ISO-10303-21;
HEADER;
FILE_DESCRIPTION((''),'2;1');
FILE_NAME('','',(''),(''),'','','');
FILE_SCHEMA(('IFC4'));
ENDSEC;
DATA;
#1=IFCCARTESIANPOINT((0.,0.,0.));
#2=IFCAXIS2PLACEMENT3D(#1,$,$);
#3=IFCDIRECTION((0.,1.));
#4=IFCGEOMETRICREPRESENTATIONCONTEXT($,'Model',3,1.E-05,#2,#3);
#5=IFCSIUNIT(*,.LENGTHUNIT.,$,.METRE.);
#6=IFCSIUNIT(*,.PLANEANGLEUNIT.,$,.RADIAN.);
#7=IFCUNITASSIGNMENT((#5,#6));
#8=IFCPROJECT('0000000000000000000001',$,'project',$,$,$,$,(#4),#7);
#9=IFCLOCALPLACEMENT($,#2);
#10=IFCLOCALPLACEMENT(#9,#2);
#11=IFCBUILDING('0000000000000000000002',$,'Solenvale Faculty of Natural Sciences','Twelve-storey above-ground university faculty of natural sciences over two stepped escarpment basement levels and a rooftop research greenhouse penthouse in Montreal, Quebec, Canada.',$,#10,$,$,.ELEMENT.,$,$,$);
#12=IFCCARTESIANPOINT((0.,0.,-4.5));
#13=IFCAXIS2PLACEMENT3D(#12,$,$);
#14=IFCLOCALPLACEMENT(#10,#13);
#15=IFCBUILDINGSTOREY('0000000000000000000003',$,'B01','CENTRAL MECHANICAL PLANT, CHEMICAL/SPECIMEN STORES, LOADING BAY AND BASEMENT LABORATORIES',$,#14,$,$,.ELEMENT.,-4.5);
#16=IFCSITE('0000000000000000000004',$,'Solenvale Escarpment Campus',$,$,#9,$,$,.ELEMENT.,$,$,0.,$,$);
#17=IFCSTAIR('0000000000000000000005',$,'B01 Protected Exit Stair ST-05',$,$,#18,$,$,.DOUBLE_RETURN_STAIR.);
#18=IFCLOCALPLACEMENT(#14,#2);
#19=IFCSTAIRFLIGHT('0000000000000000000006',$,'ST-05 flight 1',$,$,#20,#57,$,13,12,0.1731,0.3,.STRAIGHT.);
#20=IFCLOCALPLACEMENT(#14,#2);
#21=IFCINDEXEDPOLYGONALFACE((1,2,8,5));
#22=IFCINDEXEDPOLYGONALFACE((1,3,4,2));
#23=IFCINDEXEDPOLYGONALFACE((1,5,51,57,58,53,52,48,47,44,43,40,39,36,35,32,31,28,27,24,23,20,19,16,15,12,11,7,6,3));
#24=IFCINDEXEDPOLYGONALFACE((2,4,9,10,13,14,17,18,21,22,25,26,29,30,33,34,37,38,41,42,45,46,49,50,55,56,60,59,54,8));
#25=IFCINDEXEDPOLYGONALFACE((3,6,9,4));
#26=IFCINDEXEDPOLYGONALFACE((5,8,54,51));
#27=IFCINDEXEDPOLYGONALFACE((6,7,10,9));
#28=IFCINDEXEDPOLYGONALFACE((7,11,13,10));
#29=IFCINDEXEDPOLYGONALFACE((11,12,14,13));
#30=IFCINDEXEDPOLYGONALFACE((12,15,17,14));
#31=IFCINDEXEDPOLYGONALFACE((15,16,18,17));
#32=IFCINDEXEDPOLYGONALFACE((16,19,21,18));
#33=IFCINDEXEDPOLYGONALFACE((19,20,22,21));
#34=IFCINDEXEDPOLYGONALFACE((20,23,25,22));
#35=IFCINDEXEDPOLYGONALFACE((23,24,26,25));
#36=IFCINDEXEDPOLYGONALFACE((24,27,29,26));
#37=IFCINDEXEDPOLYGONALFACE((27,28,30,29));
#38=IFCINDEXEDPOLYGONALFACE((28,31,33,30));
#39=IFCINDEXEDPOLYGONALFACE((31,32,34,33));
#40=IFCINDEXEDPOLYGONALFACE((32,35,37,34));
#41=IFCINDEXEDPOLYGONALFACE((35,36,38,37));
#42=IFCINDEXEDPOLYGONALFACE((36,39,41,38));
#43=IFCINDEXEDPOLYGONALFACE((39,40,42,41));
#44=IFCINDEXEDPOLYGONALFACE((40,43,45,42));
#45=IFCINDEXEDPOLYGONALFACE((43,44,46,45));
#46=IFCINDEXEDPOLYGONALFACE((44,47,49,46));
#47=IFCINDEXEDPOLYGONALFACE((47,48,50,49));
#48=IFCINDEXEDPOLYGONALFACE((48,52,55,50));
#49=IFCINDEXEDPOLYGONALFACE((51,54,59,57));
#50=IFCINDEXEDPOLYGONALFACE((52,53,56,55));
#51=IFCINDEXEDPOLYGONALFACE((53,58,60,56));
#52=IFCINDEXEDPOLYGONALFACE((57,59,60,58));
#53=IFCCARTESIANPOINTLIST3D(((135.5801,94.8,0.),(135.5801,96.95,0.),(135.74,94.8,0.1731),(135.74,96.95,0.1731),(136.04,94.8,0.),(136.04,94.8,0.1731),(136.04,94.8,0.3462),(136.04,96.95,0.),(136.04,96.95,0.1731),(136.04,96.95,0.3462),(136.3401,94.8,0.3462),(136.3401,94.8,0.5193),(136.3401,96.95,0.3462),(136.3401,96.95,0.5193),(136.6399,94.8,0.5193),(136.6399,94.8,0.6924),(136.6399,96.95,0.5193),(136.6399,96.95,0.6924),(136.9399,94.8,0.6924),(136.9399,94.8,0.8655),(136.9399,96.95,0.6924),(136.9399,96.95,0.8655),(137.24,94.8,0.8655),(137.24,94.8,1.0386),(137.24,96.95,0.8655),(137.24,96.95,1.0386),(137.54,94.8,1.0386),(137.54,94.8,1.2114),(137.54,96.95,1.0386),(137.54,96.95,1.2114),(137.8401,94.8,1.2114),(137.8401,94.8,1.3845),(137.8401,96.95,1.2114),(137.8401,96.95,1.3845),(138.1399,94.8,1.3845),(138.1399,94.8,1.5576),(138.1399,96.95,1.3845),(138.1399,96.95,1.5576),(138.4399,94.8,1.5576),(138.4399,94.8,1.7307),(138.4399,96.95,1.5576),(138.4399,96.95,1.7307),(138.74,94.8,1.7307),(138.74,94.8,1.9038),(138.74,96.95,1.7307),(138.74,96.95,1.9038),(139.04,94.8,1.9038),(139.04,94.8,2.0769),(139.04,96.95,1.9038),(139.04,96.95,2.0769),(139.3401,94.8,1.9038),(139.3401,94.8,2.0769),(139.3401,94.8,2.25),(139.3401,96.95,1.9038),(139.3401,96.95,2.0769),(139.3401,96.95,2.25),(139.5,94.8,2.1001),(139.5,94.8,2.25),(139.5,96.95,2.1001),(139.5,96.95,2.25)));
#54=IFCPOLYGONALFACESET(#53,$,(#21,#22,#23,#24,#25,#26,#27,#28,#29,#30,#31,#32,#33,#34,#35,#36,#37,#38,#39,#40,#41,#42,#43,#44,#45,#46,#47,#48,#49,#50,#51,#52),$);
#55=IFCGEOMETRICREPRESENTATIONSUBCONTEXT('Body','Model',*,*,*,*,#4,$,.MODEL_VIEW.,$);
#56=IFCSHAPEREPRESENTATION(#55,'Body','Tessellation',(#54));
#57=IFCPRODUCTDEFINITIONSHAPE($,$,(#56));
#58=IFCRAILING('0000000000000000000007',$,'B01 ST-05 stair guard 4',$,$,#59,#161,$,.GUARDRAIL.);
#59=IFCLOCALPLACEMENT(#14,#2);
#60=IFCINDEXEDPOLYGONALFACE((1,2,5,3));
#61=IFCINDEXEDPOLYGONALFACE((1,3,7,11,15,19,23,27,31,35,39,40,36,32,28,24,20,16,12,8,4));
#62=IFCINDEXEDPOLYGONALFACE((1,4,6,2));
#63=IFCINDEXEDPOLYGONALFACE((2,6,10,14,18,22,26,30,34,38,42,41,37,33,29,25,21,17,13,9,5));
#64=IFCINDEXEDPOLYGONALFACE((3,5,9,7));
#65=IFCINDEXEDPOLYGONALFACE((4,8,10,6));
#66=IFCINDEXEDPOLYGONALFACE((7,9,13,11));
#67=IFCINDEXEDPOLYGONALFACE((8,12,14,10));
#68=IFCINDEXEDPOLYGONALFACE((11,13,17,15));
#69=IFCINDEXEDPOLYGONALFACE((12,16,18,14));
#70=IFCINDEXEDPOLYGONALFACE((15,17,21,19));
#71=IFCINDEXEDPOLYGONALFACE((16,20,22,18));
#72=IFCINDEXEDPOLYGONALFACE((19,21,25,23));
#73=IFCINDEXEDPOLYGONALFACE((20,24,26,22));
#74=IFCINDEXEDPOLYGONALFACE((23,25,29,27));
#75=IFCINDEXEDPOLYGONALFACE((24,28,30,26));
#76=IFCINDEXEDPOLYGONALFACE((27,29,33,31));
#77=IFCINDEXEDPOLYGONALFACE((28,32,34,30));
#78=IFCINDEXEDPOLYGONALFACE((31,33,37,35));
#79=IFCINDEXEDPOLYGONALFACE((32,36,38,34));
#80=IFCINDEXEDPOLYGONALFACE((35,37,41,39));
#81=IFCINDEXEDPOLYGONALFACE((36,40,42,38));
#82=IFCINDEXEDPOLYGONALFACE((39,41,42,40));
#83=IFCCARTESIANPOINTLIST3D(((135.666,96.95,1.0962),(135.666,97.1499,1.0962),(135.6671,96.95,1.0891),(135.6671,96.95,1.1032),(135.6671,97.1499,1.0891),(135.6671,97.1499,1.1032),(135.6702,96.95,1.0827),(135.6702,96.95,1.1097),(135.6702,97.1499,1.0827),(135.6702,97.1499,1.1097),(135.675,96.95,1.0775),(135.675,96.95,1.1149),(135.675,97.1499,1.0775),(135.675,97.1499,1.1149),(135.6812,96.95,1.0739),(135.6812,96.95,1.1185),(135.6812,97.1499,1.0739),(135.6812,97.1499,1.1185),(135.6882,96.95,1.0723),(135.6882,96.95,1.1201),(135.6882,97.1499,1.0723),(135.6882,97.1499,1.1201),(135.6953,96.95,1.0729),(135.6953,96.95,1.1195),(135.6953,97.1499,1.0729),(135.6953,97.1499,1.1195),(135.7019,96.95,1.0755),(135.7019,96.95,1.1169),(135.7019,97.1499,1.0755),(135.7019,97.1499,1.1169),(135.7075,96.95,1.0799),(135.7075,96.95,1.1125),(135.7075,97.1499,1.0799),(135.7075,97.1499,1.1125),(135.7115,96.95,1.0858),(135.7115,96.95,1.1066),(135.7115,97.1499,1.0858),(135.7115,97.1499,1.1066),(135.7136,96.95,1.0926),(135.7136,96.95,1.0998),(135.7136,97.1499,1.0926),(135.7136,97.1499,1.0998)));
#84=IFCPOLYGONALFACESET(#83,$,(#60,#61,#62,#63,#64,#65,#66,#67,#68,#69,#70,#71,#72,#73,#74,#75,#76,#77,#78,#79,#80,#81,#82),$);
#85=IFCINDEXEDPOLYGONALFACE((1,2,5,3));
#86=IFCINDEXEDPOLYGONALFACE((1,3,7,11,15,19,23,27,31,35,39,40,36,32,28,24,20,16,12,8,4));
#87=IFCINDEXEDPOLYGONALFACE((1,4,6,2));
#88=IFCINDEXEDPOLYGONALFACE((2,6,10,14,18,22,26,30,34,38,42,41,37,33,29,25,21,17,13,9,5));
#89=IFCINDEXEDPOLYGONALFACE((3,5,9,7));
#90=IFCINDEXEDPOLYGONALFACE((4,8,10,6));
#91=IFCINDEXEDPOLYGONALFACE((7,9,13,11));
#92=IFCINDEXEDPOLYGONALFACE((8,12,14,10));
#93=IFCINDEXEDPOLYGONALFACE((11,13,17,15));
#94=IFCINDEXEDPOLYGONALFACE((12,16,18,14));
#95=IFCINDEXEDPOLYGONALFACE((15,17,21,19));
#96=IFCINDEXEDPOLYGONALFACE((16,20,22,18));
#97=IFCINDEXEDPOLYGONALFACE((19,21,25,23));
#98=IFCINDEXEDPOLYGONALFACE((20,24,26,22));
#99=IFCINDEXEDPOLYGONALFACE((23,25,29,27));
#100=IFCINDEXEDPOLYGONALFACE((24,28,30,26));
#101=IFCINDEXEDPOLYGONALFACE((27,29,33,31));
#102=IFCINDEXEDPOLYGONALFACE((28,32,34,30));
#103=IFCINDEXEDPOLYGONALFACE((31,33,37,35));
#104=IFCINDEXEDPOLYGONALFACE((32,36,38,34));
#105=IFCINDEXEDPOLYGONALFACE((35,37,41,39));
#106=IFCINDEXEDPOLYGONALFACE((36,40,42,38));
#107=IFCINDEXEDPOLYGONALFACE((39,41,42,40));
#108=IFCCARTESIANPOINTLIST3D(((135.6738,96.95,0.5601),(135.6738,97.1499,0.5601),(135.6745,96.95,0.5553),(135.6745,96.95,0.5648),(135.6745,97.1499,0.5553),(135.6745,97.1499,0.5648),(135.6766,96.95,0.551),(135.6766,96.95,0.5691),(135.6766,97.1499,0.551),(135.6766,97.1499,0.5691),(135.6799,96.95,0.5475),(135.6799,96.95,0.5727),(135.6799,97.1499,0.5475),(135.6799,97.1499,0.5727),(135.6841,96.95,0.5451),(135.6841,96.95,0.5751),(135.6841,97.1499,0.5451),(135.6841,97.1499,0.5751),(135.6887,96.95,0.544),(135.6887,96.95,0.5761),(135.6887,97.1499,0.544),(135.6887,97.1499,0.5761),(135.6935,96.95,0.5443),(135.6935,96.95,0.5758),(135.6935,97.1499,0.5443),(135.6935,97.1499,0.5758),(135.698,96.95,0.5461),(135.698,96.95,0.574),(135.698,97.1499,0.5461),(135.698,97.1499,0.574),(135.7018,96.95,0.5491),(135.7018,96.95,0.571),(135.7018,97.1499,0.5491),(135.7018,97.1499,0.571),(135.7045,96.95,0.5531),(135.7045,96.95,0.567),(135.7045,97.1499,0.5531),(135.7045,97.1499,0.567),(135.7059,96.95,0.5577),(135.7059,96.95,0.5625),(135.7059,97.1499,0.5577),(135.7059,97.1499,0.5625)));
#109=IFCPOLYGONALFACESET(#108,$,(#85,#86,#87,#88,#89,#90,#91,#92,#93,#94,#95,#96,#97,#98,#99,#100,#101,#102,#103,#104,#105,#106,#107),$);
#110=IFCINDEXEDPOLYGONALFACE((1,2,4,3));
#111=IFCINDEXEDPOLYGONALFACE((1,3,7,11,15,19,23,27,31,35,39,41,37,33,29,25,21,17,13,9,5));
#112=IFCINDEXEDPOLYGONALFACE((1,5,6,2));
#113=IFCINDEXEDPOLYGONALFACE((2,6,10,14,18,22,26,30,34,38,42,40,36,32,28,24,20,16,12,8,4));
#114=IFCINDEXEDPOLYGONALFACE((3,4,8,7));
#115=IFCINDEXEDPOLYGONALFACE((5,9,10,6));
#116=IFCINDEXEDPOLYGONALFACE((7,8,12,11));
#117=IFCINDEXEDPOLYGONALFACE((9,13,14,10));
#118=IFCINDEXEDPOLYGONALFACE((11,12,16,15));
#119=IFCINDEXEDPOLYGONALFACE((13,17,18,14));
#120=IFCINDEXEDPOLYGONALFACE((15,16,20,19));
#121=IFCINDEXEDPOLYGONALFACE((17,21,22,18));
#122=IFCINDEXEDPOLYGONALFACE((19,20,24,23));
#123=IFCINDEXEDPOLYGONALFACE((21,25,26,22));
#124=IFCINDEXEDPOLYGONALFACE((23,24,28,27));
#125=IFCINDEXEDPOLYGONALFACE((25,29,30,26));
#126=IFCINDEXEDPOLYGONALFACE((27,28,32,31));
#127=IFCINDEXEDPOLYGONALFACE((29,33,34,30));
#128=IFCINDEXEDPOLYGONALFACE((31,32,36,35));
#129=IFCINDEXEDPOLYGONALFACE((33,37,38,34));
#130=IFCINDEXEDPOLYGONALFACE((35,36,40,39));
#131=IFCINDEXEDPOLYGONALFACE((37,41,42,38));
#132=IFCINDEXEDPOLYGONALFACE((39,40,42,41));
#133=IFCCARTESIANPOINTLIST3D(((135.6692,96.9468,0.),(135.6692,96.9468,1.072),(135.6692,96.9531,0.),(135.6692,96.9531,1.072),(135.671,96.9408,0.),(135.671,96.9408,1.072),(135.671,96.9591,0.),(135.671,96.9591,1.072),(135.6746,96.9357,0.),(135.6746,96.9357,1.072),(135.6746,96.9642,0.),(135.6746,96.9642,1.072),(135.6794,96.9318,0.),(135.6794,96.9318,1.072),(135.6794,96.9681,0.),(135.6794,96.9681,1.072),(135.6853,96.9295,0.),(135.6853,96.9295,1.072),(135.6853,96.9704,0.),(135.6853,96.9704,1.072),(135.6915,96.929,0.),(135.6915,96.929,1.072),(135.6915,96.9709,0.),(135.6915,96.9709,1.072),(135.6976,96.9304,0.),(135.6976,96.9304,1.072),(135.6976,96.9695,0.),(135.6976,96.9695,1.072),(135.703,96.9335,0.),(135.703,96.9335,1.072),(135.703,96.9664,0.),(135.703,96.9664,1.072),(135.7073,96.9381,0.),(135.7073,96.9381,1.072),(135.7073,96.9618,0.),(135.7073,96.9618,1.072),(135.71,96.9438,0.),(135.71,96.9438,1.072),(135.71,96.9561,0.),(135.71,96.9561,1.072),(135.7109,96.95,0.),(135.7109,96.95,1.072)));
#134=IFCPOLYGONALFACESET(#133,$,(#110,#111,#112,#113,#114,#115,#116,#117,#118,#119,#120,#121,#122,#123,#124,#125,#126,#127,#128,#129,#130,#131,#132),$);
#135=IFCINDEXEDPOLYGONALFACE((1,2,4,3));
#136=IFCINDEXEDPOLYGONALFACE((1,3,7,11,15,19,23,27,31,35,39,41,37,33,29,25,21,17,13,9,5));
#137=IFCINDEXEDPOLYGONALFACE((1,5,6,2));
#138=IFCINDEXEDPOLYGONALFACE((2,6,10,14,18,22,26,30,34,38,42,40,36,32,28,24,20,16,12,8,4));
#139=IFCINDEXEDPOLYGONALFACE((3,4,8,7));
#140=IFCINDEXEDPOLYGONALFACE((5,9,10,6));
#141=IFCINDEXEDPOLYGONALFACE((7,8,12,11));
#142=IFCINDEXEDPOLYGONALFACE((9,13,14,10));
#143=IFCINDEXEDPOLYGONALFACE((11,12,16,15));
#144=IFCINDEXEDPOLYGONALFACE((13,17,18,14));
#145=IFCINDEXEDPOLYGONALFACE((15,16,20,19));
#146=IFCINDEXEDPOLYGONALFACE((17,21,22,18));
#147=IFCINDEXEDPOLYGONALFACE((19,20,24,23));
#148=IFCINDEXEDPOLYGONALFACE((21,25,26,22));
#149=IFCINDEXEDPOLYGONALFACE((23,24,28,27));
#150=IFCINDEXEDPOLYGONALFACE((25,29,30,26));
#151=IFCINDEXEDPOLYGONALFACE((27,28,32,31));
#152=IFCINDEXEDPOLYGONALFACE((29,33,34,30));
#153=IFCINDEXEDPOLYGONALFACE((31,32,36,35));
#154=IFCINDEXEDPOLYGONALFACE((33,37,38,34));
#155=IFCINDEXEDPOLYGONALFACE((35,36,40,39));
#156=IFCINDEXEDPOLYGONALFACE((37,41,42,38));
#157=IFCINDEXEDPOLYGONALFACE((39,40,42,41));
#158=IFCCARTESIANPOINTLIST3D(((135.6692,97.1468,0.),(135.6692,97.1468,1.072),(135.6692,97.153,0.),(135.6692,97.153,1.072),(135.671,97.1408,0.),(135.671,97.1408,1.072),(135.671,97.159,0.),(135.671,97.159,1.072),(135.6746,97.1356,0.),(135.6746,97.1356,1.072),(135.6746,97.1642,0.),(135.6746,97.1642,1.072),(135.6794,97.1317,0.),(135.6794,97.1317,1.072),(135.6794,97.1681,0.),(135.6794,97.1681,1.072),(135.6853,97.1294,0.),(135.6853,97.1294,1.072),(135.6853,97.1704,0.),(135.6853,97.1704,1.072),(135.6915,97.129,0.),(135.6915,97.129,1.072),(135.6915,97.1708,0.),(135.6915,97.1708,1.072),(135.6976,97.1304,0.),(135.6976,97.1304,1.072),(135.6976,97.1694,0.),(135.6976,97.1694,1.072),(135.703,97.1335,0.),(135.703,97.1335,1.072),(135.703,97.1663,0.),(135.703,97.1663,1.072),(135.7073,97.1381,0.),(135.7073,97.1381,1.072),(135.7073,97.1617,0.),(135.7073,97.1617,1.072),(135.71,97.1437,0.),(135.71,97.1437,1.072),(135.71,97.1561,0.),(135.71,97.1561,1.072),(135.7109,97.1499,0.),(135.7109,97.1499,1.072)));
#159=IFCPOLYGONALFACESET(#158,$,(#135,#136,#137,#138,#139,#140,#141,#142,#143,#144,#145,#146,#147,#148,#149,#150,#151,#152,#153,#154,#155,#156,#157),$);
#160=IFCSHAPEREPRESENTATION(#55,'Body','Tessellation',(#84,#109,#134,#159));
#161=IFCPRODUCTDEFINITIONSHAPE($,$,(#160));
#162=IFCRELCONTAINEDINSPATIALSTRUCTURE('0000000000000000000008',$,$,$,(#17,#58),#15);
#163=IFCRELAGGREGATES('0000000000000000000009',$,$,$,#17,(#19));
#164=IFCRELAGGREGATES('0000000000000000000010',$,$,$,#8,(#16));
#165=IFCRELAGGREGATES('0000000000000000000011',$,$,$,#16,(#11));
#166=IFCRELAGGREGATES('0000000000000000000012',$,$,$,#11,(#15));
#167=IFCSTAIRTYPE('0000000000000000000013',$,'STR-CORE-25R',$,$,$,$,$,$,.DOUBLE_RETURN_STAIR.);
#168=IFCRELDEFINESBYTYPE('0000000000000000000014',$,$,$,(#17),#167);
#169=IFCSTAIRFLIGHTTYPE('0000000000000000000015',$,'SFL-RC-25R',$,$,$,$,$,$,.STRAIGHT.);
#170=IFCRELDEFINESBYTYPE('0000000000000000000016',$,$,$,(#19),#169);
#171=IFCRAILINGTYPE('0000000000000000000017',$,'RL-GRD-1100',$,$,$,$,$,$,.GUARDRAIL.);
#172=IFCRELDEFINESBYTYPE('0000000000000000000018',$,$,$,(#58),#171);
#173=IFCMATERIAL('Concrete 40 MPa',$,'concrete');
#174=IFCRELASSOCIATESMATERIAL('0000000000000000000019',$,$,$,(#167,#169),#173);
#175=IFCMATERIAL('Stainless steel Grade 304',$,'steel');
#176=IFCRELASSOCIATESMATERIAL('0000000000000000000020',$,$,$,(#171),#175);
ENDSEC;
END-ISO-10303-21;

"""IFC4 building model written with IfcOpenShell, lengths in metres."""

from ifc_helpers import new_model, si_unit, direction, frame, origin, origin_2d, place, context, subcontext, project, spatial, polyline, circle, outline, extrude, material, type_object, element, aggregate, save


model = new_model("IFC4")

# Units and contexts
model_context = context("Model", 3, precision=1e-05, world=origin(), true_north=direction((0.0, 1.0)))
body_context = subcontext(model_context, "Body", "Model", "MODEL_VIEW")
ifc_project = project(units=[si_unit("LENGTHUNIT", "METRE"), si_unit("PLANEANGLEUNIT", "RADIAN")], contexts=[model_context])

# Site, building, storey
site_placement = place(None, origin())
site = spatial("IfcSite", under=ifc_project, at=site_placement, Name="Solenvale Escarpment Campus", CompositionType="ELEMENT", RefElevation=0.0)
building_placement = place(site_placement, origin())
building = spatial("IfcBuilding", under=site, at=building_placement, Name="Solenvale Faculty of Natural Sciences", Description="Twelve-storey above-ground university faculty of natural sciences over two stepped escarpment basement levels and a rooftop research greenhouse penthouse in Montreal, Quebec, Canada.", CompositionType="ELEMENT")
storey_placement = place(building_placement, frame((0.0, 0.0, -4.5)))
storey = spatial("IfcBuildingStorey", under=building, at=storey_placement, Name="B01", Description="CENTRAL MECHANICAL PLANT, CHEMICAL/SPECIMEN STORES, LOADING BAY AND BASEMENT LABORATORIES", CompositionType="ELEMENT", Elevation=-4.5)

# Shared definitions
ifc_material_1 = material(Name="Concrete 40 MPa", Category="concrete")

# Shared definitions
ifc_material_2 = material(Name="Stainless steel Grade 304", Category="steel")

# Stair, stair flight
stair_type = type_object("IfcStairType", Name="STR-CORE-25R", PredefinedType="DOUBLE_RETURN_STAIR", material=ifc_material_1)
stair_placement = place(storey_placement, origin())
stair = element("IfcStair", 1, at=stair_placement, inside=storey, type_object=stair_type, Name="B01 Protected Exit Stair ST-05", PredefinedType="DOUBLE_RETURN_STAIR")
stair_flight_type = type_object("IfcStairFlightType", Name="SFL-RC-25R", PredefinedType="STRAIGHT", material=ifc_material_1)
stair_flight_placement = place(storey_placement, frame((135.74, 95.875, 0.0), z_axis=(0.0, 0.0, 1.0), x_axis=(1.0, 0.0, 0.0)))
stair_flight = element("IfcStairFlight", 2, at=stair_flight_placement, type_object=stair_flight_type, Name="ST-05 flight 1", NumberOfRisers=13, NumberOfTreads=12, PredefinedType="STRAIGHT", RiserHeight=0.1731, TreadLength=0.3, context=body_context, shape_type="SweptSolid", body=[
    extrude(outline(polyline([(-0.1599, 0.0), (0.0, 0.1731), (0.3, 0.1731), (0.3, 0.3462), (0.6001, 0.3462), (0.6001, 0.5193), (0.8999, 0.5193), (0.8999, 0.6924), (1.2, 0.6924), (1.2, 0.8655), (1.5, 0.8655), (1.5, 1.0386), (1.8, 1.0386), (1.8, 1.2114), (2.1001, 1.2114), (2.1001, 1.3845), (2.3999, 1.3845), (2.3999, 1.5576), (2.7, 1.5576), (2.7, 1.7307), (3.0, 1.7307), (3.0, 1.9038), (3.3, 1.9038), (3.3, 2.0769), (3.6001, 2.0769), (3.6001, 2.25), (3.76, 2.25), (3.76, 2.1001), (3.6001, 1.9038), (0.3, 0.0), (-0.1599, 0.0)])), frame((0.0, 1.075, 0.0), z_axis=(0.0, -1.0, 0.0), x_axis=(1.0, 0.0, 0.0)), (0.0, 0.0, 1.0), 2.1499),
])
aggregate(stair, [stair_flight])

# Railing
railing_type_1 = type_object("IfcRailingType", Name="RL-GRD-1100", PredefinedType="GUARDRAIL", material=ifc_material_2)
railing_1_placement = place(storey_placement, frame((135.6899, 96.95, 0.0)))
element("IfcRailing", 3, at=railing_1_placement, inside=storey, type_object=railing_type_1, Name="B01 ST-05 stair guard 4", PredefinedType="GUARDRAIL", context=body_context, shape_type="SweptSolid", body=[
    extrude(circle(Radius=0.0239, at=origin_2d()), frame((0.0, 0.0, 1.0962), z_axis=(0.0, 1.0, 0.0), x_axis=(-1.0, 0.0, 0.0)), (0.0, 0.0, 1.0), 0.2),
    extrude(circle(Radius=0.0161, at=origin_2d()), frame((0.0, 0.0, 0.5601), z_axis=(0.0, 1.0, 0.0), x_axis=(-1.0, 0.0, 0.0)), (0.0, 0.0, 1.0), 0.2),
    extrude(circle(Radius=0.021, at=origin_2d()), origin(), (0.0, 0.0, 1.0), 1.072),
    extrude(circle(Radius=0.021, at=origin_2d()), frame((0.0, 0.2, 0.0)), (0.0, 0.0, 1.0), 1.072),
])

save(model, "model.ifc")
